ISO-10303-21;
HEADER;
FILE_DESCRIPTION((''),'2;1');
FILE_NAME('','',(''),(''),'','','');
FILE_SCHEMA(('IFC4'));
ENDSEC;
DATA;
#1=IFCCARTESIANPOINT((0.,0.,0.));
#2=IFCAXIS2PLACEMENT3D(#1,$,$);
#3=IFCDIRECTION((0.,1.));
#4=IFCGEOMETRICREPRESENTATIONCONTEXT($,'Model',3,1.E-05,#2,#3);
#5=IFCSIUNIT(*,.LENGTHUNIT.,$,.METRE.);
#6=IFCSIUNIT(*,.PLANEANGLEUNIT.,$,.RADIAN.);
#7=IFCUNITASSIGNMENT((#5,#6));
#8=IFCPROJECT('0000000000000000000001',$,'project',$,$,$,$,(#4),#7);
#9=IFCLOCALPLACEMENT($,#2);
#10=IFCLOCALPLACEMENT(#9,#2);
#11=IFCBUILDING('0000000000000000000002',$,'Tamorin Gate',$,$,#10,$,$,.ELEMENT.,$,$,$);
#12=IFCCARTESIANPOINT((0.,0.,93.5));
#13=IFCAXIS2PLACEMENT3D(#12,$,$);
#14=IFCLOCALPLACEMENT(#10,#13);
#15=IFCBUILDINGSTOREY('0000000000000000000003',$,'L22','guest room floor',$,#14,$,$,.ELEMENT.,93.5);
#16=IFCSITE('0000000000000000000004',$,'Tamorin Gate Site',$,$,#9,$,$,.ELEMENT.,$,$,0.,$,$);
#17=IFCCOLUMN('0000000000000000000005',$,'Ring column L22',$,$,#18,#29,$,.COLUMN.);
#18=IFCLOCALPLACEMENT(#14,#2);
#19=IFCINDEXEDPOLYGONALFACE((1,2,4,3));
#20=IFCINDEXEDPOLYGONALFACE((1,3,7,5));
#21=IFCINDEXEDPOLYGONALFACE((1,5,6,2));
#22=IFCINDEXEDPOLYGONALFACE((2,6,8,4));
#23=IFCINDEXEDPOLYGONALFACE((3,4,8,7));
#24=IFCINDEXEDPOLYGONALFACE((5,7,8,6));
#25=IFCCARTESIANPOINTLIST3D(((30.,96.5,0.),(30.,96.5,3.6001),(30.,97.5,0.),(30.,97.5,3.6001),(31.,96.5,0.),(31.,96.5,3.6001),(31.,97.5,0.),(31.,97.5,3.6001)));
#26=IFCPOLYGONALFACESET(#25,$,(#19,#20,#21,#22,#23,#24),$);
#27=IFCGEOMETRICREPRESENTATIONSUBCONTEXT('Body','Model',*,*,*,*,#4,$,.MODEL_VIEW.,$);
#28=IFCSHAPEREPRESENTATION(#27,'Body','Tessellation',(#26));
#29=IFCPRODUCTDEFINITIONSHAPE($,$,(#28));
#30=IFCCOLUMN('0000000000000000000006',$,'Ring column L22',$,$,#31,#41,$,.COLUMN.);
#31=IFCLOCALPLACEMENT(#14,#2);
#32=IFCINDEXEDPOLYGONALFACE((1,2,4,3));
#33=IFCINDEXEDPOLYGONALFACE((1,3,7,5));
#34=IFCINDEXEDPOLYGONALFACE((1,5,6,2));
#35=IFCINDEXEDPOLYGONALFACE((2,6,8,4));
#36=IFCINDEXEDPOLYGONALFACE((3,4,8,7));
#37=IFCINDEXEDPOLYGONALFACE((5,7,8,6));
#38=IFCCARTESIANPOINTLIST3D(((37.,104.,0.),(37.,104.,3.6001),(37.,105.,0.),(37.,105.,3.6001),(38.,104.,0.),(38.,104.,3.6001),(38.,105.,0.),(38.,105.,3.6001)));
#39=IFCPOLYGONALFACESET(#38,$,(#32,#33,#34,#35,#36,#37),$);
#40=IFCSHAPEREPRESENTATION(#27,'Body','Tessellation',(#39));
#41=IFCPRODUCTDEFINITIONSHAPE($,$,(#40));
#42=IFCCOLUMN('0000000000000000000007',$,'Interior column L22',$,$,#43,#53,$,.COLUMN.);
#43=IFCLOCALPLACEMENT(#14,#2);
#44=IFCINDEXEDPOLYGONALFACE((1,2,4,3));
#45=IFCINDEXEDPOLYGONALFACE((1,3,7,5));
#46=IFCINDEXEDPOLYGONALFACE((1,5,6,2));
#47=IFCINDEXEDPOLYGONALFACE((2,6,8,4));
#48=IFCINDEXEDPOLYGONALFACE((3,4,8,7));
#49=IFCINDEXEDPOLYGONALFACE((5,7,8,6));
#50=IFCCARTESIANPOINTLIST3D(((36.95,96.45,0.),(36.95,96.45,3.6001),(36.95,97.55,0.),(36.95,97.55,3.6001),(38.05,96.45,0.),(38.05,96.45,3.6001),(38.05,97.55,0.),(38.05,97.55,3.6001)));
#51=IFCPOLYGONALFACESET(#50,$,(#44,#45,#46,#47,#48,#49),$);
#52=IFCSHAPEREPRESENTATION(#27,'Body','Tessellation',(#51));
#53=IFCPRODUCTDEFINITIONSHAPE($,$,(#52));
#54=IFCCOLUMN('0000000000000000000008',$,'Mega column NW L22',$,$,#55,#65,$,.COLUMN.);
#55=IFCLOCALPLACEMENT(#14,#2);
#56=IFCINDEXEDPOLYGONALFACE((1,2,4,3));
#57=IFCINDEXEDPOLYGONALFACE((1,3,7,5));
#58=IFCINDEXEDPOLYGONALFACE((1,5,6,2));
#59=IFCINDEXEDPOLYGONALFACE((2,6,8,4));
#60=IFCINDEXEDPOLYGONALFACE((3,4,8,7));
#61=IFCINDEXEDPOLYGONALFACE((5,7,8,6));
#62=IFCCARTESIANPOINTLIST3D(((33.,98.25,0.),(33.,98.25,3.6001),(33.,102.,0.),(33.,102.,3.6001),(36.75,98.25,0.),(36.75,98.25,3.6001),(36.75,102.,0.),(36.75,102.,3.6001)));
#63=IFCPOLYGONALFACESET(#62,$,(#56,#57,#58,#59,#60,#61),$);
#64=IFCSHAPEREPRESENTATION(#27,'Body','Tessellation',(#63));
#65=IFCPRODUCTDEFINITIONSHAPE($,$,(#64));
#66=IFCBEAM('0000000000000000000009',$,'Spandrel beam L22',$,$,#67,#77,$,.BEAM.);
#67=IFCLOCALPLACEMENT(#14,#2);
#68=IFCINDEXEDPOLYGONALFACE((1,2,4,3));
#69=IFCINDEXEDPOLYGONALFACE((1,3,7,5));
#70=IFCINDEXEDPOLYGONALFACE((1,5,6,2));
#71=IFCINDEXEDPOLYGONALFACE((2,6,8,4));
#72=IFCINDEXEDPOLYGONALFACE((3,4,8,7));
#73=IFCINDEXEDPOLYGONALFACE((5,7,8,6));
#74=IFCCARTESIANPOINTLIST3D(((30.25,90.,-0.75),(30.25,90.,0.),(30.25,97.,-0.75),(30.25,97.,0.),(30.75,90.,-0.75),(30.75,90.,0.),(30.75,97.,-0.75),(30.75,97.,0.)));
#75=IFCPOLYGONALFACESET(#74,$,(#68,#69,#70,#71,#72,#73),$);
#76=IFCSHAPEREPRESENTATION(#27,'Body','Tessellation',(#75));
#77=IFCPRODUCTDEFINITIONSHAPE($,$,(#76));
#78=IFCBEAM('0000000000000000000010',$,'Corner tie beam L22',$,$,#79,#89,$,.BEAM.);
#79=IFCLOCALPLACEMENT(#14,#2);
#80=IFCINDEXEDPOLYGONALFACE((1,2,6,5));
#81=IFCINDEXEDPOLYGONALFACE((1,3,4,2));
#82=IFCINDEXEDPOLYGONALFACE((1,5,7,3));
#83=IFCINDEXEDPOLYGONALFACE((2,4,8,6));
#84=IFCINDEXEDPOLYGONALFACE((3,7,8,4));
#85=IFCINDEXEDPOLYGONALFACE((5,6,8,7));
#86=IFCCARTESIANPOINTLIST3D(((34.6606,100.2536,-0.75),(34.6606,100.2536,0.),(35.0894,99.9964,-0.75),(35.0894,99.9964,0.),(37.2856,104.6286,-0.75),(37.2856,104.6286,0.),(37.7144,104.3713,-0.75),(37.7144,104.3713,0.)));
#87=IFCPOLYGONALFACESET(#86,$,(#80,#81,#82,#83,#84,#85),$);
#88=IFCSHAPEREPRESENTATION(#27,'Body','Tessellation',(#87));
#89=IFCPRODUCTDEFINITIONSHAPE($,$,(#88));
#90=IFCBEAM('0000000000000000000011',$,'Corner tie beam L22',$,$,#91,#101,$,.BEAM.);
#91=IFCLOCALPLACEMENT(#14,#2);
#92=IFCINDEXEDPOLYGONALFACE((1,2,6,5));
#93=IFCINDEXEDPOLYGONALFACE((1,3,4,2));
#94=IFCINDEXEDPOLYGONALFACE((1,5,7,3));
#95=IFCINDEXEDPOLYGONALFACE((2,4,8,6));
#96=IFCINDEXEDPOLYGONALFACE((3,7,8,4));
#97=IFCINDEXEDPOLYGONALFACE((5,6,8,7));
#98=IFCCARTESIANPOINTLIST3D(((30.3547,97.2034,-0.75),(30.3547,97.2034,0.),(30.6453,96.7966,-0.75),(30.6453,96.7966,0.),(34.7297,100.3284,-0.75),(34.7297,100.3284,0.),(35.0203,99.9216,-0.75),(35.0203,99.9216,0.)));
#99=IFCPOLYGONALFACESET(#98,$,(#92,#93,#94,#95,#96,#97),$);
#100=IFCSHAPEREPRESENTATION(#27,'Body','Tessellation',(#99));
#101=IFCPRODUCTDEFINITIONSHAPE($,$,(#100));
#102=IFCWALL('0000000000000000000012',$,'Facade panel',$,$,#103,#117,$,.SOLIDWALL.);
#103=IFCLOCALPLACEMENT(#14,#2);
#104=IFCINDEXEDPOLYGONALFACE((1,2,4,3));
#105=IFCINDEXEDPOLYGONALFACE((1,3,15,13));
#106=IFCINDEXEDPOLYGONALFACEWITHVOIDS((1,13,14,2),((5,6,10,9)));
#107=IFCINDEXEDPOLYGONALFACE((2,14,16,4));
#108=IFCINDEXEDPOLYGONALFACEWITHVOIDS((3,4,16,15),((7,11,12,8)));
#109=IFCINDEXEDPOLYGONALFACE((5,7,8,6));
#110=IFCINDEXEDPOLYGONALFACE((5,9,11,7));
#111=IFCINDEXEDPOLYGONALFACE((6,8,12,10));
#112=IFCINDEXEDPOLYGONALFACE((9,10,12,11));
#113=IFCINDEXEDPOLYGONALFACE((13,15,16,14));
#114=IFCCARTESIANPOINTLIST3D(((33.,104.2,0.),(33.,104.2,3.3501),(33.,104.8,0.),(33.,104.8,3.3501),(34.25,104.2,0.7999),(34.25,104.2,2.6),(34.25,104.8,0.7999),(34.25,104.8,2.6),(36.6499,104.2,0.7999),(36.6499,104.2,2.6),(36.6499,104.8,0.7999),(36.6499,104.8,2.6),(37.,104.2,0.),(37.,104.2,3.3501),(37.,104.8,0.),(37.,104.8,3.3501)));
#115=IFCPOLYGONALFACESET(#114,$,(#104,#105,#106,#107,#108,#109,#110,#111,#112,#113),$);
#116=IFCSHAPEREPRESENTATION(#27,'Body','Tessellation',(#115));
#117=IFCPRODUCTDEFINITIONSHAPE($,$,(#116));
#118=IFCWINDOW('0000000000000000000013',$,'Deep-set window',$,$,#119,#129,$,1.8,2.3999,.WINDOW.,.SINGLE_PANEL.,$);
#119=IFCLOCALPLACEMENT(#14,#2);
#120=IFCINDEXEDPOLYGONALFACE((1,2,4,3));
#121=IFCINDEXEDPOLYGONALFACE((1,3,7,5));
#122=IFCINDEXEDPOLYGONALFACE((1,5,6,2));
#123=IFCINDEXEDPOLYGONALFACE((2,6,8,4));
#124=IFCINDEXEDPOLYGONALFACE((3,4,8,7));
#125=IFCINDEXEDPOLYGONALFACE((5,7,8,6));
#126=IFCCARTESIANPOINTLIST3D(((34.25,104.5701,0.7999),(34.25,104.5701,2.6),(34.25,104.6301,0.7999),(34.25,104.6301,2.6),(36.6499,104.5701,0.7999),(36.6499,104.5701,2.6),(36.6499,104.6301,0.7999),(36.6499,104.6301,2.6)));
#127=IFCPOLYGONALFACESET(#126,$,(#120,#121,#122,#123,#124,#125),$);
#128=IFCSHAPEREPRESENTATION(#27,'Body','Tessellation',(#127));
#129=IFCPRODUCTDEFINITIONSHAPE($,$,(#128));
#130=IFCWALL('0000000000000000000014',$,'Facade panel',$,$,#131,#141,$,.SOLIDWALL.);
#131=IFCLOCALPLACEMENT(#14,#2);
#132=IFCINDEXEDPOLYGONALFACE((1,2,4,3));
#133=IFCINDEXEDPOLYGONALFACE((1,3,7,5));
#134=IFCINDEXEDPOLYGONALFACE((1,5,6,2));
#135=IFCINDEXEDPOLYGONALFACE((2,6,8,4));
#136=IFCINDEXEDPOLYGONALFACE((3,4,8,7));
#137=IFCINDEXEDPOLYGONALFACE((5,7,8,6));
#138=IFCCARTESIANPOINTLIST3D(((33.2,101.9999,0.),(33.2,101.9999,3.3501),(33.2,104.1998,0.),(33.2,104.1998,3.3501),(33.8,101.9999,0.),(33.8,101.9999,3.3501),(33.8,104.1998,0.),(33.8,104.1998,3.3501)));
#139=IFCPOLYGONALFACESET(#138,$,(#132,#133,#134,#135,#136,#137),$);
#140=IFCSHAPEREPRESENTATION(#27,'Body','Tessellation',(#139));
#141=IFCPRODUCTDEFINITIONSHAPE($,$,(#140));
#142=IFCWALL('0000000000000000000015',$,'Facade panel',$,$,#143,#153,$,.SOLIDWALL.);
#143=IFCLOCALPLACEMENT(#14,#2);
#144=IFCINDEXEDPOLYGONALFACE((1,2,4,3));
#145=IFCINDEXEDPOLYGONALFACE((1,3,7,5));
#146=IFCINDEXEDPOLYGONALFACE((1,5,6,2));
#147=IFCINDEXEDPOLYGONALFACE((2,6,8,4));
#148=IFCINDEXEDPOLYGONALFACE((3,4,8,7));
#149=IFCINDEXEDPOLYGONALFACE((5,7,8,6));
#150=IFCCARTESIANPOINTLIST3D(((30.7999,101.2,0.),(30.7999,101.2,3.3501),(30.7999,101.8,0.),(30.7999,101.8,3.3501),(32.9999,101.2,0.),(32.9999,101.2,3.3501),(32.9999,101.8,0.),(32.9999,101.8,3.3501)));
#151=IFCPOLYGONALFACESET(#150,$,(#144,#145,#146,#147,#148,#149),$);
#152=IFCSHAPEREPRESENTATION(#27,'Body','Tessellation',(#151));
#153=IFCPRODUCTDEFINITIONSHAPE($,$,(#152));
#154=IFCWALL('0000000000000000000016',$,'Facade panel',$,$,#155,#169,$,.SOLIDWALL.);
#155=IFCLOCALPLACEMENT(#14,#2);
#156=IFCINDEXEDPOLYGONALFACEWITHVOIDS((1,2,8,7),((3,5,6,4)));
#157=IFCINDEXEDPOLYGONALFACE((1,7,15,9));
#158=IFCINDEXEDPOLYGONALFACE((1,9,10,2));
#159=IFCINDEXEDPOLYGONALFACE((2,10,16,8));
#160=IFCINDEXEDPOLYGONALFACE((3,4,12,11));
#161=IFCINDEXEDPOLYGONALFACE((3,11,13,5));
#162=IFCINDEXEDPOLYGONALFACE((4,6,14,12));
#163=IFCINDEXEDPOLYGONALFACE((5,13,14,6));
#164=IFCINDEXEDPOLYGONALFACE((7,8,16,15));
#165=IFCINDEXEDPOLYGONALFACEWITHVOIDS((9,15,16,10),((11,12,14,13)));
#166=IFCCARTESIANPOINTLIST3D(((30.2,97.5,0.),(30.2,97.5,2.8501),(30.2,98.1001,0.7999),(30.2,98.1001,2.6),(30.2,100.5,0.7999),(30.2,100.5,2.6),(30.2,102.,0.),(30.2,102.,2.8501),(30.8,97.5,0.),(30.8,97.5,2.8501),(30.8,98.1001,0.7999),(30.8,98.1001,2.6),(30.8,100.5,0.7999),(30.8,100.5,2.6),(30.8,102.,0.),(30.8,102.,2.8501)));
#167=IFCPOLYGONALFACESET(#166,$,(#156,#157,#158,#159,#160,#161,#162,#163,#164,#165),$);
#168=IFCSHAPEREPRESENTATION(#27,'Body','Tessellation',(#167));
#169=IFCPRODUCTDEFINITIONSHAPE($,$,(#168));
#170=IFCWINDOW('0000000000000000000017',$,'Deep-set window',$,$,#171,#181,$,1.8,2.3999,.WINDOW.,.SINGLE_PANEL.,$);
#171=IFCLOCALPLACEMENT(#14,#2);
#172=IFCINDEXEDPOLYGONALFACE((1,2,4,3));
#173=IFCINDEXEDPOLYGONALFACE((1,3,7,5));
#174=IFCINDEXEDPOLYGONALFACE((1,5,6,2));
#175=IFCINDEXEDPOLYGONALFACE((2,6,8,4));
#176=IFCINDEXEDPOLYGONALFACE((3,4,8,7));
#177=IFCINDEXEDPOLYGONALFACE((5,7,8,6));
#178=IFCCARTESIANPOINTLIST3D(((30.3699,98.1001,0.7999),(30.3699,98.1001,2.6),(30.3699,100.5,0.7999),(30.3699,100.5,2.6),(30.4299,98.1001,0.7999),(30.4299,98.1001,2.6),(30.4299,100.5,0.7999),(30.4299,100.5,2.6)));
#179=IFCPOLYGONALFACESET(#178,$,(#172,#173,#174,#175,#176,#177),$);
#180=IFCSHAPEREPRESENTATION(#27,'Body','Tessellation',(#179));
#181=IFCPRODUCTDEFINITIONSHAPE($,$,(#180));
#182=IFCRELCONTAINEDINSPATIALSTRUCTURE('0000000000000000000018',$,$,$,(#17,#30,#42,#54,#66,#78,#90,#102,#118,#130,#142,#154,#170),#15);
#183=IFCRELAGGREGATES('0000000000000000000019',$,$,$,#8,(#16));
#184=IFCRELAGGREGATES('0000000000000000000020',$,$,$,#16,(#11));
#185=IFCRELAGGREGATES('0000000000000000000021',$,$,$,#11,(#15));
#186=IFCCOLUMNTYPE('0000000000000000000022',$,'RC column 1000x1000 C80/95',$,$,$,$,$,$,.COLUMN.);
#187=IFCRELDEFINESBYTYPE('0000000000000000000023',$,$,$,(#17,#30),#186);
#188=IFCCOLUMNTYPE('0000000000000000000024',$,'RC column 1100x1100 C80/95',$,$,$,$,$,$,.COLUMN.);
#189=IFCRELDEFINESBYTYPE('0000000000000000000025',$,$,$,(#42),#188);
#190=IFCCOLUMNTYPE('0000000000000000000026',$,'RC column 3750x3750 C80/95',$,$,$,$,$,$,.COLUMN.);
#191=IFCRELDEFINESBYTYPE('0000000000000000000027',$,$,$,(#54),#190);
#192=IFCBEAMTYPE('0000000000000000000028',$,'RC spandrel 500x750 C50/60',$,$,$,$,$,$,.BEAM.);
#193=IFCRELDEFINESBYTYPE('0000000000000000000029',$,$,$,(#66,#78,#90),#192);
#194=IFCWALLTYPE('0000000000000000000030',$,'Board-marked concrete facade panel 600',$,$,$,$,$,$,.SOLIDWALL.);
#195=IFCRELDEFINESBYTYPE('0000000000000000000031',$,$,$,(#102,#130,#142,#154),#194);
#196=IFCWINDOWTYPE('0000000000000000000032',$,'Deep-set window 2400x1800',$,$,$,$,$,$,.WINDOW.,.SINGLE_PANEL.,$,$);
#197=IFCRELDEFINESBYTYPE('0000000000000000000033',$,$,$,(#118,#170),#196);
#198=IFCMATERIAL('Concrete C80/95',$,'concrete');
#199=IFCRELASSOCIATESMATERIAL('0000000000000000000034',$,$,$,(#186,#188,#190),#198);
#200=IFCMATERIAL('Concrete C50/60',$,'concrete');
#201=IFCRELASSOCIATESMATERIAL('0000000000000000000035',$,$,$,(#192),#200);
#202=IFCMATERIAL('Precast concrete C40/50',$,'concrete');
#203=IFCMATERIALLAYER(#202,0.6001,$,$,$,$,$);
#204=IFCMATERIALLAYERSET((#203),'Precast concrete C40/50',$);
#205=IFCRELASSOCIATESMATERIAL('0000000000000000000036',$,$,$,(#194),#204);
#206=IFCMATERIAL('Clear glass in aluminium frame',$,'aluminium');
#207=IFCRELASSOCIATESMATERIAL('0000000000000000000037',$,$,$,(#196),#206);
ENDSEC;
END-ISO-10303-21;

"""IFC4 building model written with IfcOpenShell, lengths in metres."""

from ifc_helpers import new_model, si_unit, direction, frame, frame_2d, origin, origin_2d, place, context, subcontext, project, spatial, rectangle, extrude, material, layer, layer_set, material_profile, profile_set, type_object, element, fill, save


model = new_model("IFC4")

# Units and contexts
model_context = context("Model", 3, precision=1e-05, world=origin(), true_north=direction((0.0, 1.0)))
body_context = subcontext(model_context, "Body", "Model", "MODEL_VIEW")
ifc_project = project(units=[si_unit("LENGTHUNIT", "METRE"), si_unit("PLANEANGLEUNIT", "RADIAN")], contexts=[model_context])

# Site, building, storey
site_placement = place(None, origin())
site = spatial("IfcSite", under=ifc_project, at=site_placement, Name="Tamorin Gate Site", CompositionType="ELEMENT", RefElevation=0.0)
building_placement = place(site_placement, origin())
building = spatial("IfcBuilding", under=site, at=building_placement, Name="Tamorin Gate", CompositionType="ELEMENT")
storey_placement = place(building_placement, frame((0.0, 0.0, 93.5)))
storey = spatial("IfcBuildingStorey", under=building, at=storey_placement, Name="L22", Description="guest room floor", CompositionType="ELEMENT", Elevation=93.5)

# Columns
ifc_material_1 = material(Name="Concrete C80/95", Category="concrete")
ifc_material_profile_1 = material_profile(ifc_material_1, rectangle(XDim=1.0, YDim=1.0, at=origin_2d()), Name="RC 1000x1000")
ifc_profile_set_1 = profile_set([ifc_material_profile_1], Name="Concrete C80/95")
column_type_1 = type_object("IfcColumnType", Name="RC column 1000x1000 C80/95", PredefinedType="COLUMN", material=ifc_profile_set_1)
for number, where, z_axis, x_axis, name in (
    (1, (30.5, 97.0, 0.0), (0.0, 0.0, 1.0), (1.0, 0.0, 0.0), "Ring column L22"),
    (2, (37.5, 104.5, 0.0), (0.0, 0.0, 1.0), (1.0, 0.0, 0.0), "Ring column L22"),
):
    element("IfcColumn", number, at=place(storey_placement, frame(where, z_axis=z_axis, x_axis=x_axis)), inside=storey, type_object=column_type_1, Name=name, PredefinedType="COLUMN", context=body_context, shape_type="SweptSolid", body=[
        extrude(rectangle(XDim=1.0, YDim=1.0, at=origin_2d()), origin(), (0.0, 0.0, 1.0), 3.6001),
    ])
ifc_material_profile_2 = material_profile(ifc_material_1, rectangle(XDim=1.1001, YDim=1.1001, at=origin_2d()), Name="RC 1100x1100")
ifc_profile_set_2 = profile_set([ifc_material_profile_2], Name="Concrete C80/95")
column_type_2 = type_object("IfcColumnType", Name="RC column 1100x1100 C80/95", PredefinedType="COLUMN", material=ifc_profile_set_2)
column_1_placement = place(storey_placement, frame((37.5, 97.0, 0.0), z_axis=(0.0, 0.0, 1.0), x_axis=(1.0, 0.0, 0.0)))
element("IfcColumn", 3, at=column_1_placement, inside=storey, type_object=column_type_2, Name="Interior column L22", PredefinedType="COLUMN", context=body_context, shape_type="SweptSolid", body=[
    extrude(rectangle(XDim=1.1001, YDim=1.1001, at=origin_2d()), origin(), (0.0, 0.0, 1.0), 3.6001),
])
ifc_material_profile_3 = material_profile(ifc_material_1, rectangle(XDim=3.75, YDim=3.75, at=origin_2d()), Name="RC 3750x3750")
ifc_profile_set_3 = profile_set([ifc_material_profile_3], Name="Concrete C80/95")
column_type_3 = type_object("IfcColumnType", Name="RC column 3750x3750 C80/95", PredefinedType="COLUMN", material=ifc_profile_set_3)
column_2_placement = place(storey_placement, frame((34.875, 100.125, 0.0), z_axis=(0.0, 0.0, 1.0), x_axis=(1.0, 0.0, 0.0)))
element("IfcColumn", 4, at=column_2_placement, inside=storey, type_object=column_type_3, Name="Mega column NW L22", PredefinedType="COLUMN", context=body_context, shape_type="SweptSolid", body=[
    extrude(rectangle(XDim=3.75, YDim=3.75, at=origin_2d()), origin(), (0.0, 0.0, 1.0), 3.6001),
])

# Beams
ifc_material_2 = material(Name="Concrete C50/60", Category="concrete")
ifc_material_profile_4 = material_profile(ifc_material_2, rectangle(XDim=0.5, YDim=0.75, at=origin_2d()), Name="RC 500x750")
ifc_profile_set_4 = profile_set([ifc_material_profile_4], Name="Concrete C50/60")
beam_type = type_object("IfcBeamType", Name="RC spandrel 500x750 C50/60", PredefinedType="BEAM", material=ifc_profile_set_4)
beam_1_placement = place(storey_placement, frame((30.5, 97.0, -0.375), z_axis=(0.0, -1.0, 0.0), x_axis=(1.0, 0.0, 0.0)))
element("IfcBeam", 5, at=beam_1_placement, inside=storey, type_object=beam_type, Name="Spandrel beam L22", PredefinedType="BEAM", context=body_context, shape_type="SweptSolid", body=[
    extrude(rectangle(XDim=0.5, YDim=0.75, at=origin_2d()), origin(), (0.0, 0.0, 1.0), 7.0),
])
beam_2_placement = place(storey_placement, frame((34.875, 100.125, -0.375), z_axis=(0.514496, 0.857493, 0.0), x_axis=(-0.857493, 0.514496, 0.0)))
element("IfcBeam", 6, at=beam_2_placement, inside=storey, type_object=beam_type, Name="Corner tie beam L22", PredefinedType="BEAM", context=body_context, shape_type="SweptSolid", body=[
    extrude(rectangle(XDim=0.5, YDim=0.75, at=origin_2d()), origin(), (0.0, 0.0, 1.0), 5.1021),
])
beam_3_placement = place(storey_placement, frame((34.875, 100.125, -0.375), z_axis=(-0.813733, -0.581238, 0.0), x_axis=(0.581238, -0.813733, 0.0)))
element("IfcBeam", 7, at=beam_3_placement, inside=storey, type_object=beam_type, Name="Corner tie beam L22", PredefinedType="BEAM", context=body_context, shape_type="SweptSolid", body=[
    extrude(rectangle(XDim=0.5, YDim=0.75, at=origin_2d()), origin(), (0.0, 0.0, 1.0), 5.3765),
])

# Wall, opening, window
ifc_material_3 = material(Name="Precast concrete C40/50", Category="concrete")
ifc_layer = layer(ifc_material_3, 0.6001)
ifc_layer_set = layer_set([ifc_layer], Name="Precast concrete C40/50")
wall_type = type_object("IfcWallType", Name="Board-marked concrete facade panel 600", PredefinedType="SOLIDWALL", material=ifc_layer_set)
wall_1_placement = place(storey_placement, frame((37.0, 104.5, 0.0), z_axis=(0.0, 0.0, 1.0), x_axis=(-1.0, 0.0, 0.0)))
wall_1 = element("IfcWall", 8, at=wall_1_placement, inside=storey, type_object=wall_type, Name="Facade panel", PredefinedType="SOLIDWALL", context=body_context, shape_type="SweptSolid", body=[
    extrude(rectangle(XDim=4.0, YDim=0.6001, at=frame_2d((2.0, 0.0))), origin(), (0.0, 0.0, 1.0), 3.3501),
])
opening_1_placement = place(wall_1_placement, frame((0.3501, 0.0, 0.8)))
opening_1 = element("IfcOpeningElement", 9, at=opening_1_placement, cuts=wall_1, PredefinedType="OPENING", context=body_context, shape_type="SweptSolid", body=[
    extrude(rectangle(XDim=2.3999, YDim=1.8, at=frame_2d((1.2, 0.8999))), frame((0.0, 0.3101, 0.0), z_axis=(0.0, -1.0, 0.0), x_axis=(1.0, 0.0, 0.0)), (0.0, 0.0, 1.0), 0.6201),
])
ifc_material_4 = material(Name="Clear glass in aluminium frame", Category="aluminium")
window_type = type_object("IfcWindowType", Name="Deep-set window 2400x1800", PartitioningType="SINGLE_PANEL", PredefinedType="WINDOW", material=ifc_material_4)
window_1_placement = place(opening_1_placement, origin())
window_1 = element("IfcWindow", 10, at=window_1_placement, inside=storey, type_object=window_type, Name="Deep-set window", OverallHeight=1.8, OverallWidth=2.3999, PartitioningType="SINGLE_PANEL", PredefinedType="WINDOW", context=body_context, shape_type="SweptSolid", body=[
    extrude(rectangle(XDim=2.3999, YDim=1.8, at=frame_2d((1.2, 0.8999))), frame((0.0, -0.0701, 0.0), z_axis=(0.0, -1.0, 0.0), x_axis=(1.0, 0.0, 0.0)), (0.0, 0.0, 1.0), 0.0601),
])
fill(opening_1, window_1)

# Walls
for number, where, z_axis, x_axis, name in (
    (11, (33.5, 104.2, 0.0), (0.0, 0.0, 1.0), (0.0, -1.0, 0.0), "Facade panel"),
    (12, (33.0, 101.5, 0.0), (0.0, 0.0, 1.0), (-1.0, 0.0, 0.0), "Facade panel"),
):
    element("IfcWall", number, at=place(storey_placement, frame(where, z_axis=z_axis, x_axis=x_axis)), inside=storey, type_object=wall_type, Name=name, PredefinedType="SOLIDWALL", context=body_context, shape_type="SweptSolid", body=[
        extrude(rectangle(XDim=2.2, YDim=0.6001, at=frame_2d((1.1001, 0.0))), origin(), (0.0, 0.0, 1.0), 3.3501),
    ])

# Wall, opening, window
wall_2_placement = place(storey_placement, frame((30.5, 102.0, 0.0), z_axis=(0.0, 0.0, 1.0), x_axis=(0.0, -1.0, 0.0)))
wall_2 = element("IfcWall", 13, at=wall_2_placement, inside=storey, type_object=wall_type, Name="Facade panel", PredefinedType="SOLIDWALL", context=body_context, shape_type="SweptSolid", body=[
    extrude(rectangle(XDim=4.5, YDim=0.6001, at=frame_2d((2.25, 0.0))), origin(), (0.0, 0.0, 1.0), 2.8501),
])
opening_2_placement = place(wall_2_placement, frame((1.5, 0.0, 0.8)))
opening_2 = element("IfcOpeningElement", 14, at=opening_2_placement, cuts=wall_2, PredefinedType="OPENING", context=body_context, shape_type="SweptSolid", body=[
    extrude(rectangle(XDim=2.3999, YDim=1.8, at=frame_2d((1.2, 0.8999))), frame((0.0, 0.3101, 0.0), z_axis=(0.0, -1.0, 0.0), x_axis=(1.0, 0.0, 0.0)), (0.0, 0.0, 1.0), 0.6201),
])
window_2_placement = place(opening_2_placement, origin())
window_2 = element("IfcWindow", 15, at=window_2_placement, inside=storey, type_object=window_type, Name="Deep-set window", OverallHeight=1.8, OverallWidth=2.3999, PartitioningType="SINGLE_PANEL", PredefinedType="WINDOW", context=body_context, shape_type="SweptSolid", body=[
    extrude(rectangle(XDim=2.3999, YDim=1.8, at=frame_2d((1.2, 0.8999))), frame((0.0, -0.0701, 0.0), z_axis=(0.0, -1.0, 0.0), x_axis=(1.0, 0.0, 0.0)), (0.0, 0.0, 1.0), 0.0601),
])
fill(opening_2, window_2)

save(model, "model.ifc")
